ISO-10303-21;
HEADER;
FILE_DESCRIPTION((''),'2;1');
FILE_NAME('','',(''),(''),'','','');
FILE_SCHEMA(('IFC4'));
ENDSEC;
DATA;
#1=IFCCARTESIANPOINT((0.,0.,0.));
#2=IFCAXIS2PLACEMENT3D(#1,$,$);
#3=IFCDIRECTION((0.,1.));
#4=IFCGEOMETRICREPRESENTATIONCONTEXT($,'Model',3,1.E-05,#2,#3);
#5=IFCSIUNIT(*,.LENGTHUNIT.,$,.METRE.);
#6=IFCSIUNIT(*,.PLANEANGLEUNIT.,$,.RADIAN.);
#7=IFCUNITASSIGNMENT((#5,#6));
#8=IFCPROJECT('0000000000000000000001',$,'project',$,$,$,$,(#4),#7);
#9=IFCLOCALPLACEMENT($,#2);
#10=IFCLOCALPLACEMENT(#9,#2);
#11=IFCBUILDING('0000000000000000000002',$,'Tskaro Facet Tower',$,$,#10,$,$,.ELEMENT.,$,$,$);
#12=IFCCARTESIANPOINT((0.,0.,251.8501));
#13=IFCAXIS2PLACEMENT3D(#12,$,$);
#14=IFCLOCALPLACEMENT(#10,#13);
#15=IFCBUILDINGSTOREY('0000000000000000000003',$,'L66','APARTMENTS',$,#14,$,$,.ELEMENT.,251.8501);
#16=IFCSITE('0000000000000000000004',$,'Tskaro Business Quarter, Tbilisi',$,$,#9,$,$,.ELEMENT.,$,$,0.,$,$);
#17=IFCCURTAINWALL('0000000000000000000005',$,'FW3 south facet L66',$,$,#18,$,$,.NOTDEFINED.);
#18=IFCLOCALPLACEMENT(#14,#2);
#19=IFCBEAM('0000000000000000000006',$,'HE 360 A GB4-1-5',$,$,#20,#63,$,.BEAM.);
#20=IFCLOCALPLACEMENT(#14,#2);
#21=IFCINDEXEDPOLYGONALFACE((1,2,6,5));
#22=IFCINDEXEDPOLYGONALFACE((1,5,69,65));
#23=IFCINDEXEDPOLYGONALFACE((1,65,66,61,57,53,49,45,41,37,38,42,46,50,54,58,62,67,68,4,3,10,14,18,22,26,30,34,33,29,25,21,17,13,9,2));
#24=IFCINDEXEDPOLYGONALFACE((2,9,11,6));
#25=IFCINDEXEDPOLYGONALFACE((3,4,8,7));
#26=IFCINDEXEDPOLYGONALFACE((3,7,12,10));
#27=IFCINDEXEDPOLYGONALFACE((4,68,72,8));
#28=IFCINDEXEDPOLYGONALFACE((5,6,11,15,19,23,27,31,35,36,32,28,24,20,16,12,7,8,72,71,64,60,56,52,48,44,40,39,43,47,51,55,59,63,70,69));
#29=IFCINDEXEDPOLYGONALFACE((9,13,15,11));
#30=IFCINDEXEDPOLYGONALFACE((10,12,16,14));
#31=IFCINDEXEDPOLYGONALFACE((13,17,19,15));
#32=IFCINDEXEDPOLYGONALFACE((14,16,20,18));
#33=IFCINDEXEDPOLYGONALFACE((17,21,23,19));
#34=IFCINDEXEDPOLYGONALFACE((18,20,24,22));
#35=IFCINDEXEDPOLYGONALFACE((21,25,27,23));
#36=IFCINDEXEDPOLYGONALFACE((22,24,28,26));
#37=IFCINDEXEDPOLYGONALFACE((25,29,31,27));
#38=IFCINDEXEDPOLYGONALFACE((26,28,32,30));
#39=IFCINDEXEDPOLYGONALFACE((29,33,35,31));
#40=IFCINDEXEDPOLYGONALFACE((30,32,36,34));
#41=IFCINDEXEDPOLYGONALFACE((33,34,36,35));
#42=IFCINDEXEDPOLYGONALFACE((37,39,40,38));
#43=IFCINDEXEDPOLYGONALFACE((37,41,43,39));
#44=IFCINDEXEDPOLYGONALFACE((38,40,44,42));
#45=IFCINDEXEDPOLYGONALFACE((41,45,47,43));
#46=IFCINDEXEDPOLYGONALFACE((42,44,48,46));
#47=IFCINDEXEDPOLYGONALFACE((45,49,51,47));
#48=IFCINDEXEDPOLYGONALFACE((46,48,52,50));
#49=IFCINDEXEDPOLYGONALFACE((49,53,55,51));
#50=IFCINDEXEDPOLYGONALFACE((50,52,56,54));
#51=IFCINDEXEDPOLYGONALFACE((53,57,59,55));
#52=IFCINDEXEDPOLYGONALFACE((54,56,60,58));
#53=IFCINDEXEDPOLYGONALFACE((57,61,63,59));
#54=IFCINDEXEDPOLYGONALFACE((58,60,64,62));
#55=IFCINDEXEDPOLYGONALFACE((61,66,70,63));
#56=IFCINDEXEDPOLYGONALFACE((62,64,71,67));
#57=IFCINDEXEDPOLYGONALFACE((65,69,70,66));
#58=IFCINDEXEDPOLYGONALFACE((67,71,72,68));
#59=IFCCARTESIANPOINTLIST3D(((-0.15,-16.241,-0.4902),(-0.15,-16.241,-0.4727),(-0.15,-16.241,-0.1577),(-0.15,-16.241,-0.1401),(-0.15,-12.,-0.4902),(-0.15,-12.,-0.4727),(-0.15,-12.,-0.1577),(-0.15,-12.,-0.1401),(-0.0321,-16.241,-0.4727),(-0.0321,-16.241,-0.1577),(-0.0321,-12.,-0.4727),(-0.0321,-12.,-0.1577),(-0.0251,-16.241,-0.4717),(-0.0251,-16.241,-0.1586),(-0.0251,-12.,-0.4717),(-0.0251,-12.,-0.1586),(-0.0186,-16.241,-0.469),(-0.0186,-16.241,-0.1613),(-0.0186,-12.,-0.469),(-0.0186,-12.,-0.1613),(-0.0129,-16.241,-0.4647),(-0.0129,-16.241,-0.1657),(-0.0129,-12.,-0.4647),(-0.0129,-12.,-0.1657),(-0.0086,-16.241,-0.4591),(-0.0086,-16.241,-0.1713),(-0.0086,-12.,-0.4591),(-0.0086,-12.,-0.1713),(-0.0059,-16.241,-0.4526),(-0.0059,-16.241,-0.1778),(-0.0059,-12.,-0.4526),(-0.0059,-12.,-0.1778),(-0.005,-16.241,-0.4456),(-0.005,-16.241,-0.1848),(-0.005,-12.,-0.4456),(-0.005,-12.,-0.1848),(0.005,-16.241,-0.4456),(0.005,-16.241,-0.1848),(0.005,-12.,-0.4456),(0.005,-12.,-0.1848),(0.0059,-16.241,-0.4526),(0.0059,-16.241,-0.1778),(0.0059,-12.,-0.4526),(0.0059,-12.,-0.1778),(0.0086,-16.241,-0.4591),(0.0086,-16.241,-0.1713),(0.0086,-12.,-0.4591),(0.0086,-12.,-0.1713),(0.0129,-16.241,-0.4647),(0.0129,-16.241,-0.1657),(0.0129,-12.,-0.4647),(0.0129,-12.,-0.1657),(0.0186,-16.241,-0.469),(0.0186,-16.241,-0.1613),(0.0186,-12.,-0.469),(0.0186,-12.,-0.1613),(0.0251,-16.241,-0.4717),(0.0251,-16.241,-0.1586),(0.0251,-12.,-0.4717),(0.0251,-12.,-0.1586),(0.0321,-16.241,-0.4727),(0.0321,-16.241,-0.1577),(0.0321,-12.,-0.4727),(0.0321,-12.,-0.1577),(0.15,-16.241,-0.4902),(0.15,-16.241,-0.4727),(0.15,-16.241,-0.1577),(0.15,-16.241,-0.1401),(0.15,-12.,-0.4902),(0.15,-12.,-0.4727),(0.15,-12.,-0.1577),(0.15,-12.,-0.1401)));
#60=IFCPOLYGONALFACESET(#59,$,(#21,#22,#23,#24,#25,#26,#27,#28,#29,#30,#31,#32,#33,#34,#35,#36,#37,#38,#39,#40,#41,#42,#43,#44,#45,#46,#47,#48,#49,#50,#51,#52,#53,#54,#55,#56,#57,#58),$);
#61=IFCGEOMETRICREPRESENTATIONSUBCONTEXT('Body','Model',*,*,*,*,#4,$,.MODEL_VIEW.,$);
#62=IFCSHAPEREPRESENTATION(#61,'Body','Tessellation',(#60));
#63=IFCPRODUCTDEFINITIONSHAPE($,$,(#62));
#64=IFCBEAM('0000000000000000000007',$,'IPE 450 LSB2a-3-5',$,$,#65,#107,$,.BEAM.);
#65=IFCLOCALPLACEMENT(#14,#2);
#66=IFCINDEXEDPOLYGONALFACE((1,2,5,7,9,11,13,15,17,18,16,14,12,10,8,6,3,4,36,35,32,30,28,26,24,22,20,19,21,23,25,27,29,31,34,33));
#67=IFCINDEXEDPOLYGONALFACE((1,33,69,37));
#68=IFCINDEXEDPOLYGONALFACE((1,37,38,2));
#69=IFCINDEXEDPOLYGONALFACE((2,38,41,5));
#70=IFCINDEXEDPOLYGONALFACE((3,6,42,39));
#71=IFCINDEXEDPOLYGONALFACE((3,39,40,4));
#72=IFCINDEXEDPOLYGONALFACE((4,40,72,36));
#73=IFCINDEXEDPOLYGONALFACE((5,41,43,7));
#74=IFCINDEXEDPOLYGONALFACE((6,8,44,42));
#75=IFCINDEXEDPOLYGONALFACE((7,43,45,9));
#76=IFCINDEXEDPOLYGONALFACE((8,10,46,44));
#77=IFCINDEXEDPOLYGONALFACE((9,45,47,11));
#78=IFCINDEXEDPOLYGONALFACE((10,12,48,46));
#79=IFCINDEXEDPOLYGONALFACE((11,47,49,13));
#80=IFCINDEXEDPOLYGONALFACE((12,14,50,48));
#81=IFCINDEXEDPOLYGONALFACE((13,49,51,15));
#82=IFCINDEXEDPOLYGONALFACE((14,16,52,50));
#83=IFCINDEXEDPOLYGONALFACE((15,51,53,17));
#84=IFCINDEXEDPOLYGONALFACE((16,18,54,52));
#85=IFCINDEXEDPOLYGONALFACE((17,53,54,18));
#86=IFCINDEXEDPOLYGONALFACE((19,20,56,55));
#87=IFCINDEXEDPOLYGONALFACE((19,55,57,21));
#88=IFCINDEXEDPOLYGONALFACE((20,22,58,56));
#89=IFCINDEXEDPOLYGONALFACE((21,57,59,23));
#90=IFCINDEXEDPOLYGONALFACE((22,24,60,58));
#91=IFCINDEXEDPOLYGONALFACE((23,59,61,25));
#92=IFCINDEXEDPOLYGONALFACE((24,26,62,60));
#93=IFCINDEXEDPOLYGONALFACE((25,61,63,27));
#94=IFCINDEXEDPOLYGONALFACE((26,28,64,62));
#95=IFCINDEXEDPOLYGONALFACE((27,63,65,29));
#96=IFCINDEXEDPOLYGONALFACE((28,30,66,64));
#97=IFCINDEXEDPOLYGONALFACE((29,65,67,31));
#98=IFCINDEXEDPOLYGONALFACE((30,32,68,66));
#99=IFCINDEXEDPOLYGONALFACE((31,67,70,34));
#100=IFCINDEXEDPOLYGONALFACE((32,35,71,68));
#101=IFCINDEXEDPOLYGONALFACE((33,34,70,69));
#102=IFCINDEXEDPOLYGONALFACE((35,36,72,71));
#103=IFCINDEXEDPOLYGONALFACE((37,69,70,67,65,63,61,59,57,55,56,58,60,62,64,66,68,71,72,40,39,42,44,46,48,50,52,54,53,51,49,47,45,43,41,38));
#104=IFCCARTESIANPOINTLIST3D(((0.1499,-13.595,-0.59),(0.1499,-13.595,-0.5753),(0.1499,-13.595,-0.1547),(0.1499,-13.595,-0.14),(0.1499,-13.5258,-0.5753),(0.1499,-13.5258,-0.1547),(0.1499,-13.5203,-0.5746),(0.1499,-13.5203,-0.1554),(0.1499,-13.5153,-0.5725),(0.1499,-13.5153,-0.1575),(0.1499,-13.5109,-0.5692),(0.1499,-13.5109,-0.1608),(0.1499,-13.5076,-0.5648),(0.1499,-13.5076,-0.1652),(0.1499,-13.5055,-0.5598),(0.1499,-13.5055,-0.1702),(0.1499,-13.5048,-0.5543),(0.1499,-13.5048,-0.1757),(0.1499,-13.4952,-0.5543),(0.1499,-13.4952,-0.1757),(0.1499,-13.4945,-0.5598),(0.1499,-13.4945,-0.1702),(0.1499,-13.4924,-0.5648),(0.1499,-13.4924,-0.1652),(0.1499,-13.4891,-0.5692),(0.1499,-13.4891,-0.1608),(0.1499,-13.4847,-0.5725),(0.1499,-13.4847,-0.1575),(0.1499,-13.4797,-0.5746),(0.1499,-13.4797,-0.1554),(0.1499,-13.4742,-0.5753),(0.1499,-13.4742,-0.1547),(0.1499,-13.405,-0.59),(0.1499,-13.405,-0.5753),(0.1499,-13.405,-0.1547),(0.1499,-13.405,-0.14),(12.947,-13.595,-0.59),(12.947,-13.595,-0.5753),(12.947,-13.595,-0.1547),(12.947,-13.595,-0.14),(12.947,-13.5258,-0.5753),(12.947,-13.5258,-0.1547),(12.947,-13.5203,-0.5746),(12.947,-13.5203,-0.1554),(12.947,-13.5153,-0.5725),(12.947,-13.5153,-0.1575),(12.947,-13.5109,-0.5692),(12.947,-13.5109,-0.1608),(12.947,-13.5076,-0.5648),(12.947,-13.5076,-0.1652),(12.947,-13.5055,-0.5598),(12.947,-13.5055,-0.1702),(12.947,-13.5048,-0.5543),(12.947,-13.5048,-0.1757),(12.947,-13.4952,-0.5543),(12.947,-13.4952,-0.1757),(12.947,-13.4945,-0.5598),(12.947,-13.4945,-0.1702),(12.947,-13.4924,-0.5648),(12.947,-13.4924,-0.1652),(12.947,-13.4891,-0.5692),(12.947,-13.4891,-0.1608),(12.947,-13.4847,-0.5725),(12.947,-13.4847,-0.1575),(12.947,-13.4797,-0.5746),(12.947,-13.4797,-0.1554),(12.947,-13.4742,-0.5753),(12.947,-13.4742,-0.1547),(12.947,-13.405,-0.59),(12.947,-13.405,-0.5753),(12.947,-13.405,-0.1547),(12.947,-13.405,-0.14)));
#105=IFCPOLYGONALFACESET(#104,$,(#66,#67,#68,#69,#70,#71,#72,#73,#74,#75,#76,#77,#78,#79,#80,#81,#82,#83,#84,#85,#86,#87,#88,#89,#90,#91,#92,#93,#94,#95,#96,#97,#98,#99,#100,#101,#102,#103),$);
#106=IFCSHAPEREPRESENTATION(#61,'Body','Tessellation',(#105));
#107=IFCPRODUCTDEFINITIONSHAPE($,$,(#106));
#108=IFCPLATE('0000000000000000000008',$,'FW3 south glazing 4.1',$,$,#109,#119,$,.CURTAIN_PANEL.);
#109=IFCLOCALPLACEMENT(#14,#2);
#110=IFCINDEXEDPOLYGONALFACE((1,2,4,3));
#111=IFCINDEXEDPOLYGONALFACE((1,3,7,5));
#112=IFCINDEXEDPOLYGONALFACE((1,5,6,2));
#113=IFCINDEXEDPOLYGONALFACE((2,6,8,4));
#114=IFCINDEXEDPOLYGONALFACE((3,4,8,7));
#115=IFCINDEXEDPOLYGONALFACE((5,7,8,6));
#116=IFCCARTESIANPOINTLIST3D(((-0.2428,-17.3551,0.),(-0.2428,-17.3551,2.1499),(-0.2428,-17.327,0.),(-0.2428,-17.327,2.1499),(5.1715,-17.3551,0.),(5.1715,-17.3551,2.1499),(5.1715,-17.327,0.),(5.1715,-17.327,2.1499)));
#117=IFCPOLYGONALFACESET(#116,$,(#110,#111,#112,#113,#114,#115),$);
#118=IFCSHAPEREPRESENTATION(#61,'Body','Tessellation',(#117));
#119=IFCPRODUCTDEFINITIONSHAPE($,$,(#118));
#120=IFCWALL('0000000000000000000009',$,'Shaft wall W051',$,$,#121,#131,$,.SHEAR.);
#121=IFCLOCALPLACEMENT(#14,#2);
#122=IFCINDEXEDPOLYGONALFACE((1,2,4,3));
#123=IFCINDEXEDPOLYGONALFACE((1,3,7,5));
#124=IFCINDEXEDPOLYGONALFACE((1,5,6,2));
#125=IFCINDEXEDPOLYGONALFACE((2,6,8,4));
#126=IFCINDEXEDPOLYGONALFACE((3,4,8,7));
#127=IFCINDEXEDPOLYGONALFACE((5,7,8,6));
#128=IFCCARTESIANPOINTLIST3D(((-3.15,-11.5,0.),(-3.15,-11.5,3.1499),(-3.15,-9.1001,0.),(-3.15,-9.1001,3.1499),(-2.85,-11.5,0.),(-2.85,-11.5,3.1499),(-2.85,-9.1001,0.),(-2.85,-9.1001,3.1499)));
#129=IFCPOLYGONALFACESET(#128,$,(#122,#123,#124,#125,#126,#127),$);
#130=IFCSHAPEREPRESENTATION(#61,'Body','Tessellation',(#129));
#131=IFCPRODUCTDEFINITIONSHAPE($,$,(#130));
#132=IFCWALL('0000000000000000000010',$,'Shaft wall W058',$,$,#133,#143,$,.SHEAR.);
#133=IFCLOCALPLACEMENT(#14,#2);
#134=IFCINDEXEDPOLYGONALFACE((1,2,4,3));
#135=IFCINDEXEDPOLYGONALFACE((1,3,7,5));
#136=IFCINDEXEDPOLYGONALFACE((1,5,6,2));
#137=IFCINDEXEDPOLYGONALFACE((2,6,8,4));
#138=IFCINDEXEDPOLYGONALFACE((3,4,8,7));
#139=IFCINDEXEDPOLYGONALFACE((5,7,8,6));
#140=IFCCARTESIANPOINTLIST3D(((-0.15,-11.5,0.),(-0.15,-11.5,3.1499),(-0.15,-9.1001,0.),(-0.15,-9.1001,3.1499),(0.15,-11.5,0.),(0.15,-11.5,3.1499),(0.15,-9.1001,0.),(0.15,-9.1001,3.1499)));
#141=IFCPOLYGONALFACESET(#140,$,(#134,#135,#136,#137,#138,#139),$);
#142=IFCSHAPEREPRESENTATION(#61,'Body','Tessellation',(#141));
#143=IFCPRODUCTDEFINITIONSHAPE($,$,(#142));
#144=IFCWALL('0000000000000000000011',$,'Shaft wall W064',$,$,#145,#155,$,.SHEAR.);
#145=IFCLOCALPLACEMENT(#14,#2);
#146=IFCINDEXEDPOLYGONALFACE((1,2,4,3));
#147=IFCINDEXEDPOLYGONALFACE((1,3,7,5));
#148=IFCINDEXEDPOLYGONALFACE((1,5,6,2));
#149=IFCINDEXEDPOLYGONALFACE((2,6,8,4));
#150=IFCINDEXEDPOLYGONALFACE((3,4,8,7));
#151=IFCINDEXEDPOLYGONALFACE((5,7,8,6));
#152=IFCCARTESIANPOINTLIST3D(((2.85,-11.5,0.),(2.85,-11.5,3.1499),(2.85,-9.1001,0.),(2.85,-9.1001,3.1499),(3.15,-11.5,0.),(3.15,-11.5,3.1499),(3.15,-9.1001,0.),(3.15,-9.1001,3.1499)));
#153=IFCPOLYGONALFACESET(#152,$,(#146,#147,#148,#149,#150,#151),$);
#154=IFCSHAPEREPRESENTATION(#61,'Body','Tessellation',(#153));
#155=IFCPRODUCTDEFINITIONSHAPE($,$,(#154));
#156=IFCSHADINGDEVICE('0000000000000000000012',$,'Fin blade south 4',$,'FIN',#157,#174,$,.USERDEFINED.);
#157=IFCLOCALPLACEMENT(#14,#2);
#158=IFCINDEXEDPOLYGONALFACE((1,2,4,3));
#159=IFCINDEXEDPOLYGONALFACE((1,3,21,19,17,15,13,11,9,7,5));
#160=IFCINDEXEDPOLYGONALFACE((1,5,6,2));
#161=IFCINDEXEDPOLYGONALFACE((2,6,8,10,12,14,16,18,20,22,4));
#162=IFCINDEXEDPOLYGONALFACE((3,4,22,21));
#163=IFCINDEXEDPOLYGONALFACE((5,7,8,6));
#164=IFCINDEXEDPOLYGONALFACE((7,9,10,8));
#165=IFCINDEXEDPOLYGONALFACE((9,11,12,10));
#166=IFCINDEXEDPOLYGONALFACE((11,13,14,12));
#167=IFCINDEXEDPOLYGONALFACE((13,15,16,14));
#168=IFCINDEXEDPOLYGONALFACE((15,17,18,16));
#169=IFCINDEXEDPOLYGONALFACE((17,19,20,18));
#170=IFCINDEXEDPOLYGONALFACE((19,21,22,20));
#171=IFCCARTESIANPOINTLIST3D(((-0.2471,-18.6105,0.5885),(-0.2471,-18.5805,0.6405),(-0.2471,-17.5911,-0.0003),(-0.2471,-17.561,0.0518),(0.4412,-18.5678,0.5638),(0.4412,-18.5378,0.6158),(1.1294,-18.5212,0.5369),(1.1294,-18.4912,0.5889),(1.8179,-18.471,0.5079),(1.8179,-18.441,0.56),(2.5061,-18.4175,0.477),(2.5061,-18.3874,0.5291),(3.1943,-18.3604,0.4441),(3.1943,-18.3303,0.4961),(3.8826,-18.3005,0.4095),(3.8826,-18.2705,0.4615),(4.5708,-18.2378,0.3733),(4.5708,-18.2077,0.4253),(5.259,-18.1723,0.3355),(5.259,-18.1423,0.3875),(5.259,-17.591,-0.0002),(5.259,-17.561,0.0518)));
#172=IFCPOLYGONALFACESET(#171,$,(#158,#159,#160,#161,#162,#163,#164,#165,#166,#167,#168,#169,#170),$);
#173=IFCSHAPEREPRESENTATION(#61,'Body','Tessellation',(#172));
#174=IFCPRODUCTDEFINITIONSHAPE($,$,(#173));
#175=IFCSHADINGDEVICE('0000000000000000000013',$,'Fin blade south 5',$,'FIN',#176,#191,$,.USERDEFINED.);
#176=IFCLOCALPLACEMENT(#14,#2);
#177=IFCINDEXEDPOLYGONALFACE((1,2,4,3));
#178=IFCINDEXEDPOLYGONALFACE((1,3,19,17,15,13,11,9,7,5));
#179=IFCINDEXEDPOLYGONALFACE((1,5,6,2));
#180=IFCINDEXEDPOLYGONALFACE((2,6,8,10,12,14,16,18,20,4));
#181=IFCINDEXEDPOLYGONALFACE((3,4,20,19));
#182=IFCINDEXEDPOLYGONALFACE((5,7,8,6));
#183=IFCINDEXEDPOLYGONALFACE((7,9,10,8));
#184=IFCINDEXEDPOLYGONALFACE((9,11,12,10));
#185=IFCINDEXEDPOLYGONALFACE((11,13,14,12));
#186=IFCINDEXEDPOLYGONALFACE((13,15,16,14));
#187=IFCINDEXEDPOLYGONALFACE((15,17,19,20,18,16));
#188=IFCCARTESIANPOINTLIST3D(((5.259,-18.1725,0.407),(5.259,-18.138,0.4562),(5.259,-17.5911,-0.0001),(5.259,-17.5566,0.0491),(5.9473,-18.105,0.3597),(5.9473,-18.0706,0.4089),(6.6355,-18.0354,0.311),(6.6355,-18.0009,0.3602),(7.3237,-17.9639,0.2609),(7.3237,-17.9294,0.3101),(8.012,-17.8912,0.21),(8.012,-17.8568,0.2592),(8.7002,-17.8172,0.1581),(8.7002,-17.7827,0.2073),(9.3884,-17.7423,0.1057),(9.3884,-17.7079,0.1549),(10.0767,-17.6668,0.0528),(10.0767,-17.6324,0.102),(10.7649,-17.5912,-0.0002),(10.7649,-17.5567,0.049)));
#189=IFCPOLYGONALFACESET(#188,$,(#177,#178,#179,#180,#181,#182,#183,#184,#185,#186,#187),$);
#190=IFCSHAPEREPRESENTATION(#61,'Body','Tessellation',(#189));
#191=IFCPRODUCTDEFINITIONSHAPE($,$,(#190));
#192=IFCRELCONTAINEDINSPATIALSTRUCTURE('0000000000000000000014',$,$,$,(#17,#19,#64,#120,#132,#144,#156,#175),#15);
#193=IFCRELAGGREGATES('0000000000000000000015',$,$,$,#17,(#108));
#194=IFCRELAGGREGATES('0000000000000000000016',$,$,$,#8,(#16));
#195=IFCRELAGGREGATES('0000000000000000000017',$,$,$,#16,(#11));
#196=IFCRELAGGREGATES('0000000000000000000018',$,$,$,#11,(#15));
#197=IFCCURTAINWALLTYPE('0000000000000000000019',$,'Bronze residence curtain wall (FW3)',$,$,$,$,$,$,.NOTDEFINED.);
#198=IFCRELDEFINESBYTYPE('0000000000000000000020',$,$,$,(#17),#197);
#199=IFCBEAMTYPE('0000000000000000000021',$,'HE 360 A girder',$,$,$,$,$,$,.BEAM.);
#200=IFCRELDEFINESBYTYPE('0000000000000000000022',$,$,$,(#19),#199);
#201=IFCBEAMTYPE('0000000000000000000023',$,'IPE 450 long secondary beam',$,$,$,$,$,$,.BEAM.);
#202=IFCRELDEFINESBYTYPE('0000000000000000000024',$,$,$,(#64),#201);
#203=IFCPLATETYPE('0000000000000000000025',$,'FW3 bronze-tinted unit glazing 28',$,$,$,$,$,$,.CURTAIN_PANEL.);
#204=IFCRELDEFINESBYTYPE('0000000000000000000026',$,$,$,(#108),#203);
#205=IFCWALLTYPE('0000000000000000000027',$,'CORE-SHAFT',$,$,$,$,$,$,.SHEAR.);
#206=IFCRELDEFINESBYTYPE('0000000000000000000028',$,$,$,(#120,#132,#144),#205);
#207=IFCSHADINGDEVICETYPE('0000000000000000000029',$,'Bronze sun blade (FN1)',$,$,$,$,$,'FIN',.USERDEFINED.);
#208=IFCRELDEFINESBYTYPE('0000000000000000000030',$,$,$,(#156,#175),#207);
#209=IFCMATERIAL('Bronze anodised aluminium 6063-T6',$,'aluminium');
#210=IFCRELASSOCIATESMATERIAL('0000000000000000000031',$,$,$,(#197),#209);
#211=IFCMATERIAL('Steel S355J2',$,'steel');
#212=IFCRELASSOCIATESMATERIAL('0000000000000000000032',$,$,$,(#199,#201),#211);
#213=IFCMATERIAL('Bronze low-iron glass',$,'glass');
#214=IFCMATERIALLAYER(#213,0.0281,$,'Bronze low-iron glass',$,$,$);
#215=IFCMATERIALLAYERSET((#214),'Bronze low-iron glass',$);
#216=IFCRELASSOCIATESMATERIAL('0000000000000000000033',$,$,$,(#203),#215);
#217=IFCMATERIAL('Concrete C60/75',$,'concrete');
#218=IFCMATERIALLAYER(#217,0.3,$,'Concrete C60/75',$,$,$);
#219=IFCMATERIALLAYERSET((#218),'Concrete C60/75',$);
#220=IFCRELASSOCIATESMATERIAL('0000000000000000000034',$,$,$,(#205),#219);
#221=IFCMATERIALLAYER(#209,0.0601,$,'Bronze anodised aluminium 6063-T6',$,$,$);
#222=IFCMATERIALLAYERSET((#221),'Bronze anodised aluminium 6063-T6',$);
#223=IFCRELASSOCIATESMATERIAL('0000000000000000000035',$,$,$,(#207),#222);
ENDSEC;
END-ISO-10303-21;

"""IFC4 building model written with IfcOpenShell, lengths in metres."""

from ifc_helpers import new_model, si_unit, direction, frame, frame_2d, origin, origin_2d, place, context, subcontext, project, spatial, polyline, rectangle, i_section, outline, extrude, material, layer, layer_set, material_profile, profile_set, type_object, element, aggregate, save


model = new_model("IFC4")

# Units and contexts
model_context = context("Model", 3, precision=1e-05, world=origin(), true_north=direction((0.0, 1.0)))
body_context = subcontext(model_context, "Body", "Model", "MODEL_VIEW")
ifc_project = project(units=[si_unit("LENGTHUNIT", "METRE"), si_unit("PLANEANGLEUNIT", "RADIAN")], contexts=[model_context])

# Site, building, storey
site_placement = place(None, origin())
site = spatial("IfcSite", under=ifc_project, at=site_placement, Name="Tskaro Business Quarter, Tbilisi", CompositionType="ELEMENT", RefElevation=0.0)
building_placement = place(site_placement, origin())
building = spatial("IfcBuilding", under=site, at=building_placement, Name="Tskaro Facet Tower", CompositionType="ELEMENT")
storey_placement = place(building_placement, frame((0.0, 0.0, 251.8501)))
storey = spatial("IfcBuildingStorey", under=building, at=storey_placement, Name="L66", Description="APARTMENTS", CompositionType="ELEMENT", Elevation=251.8501)

# Curtain wall
ifc_material_1 = material(Name="Bronze anodised aluminium 6063-T6", Category="aluminium")
curtain_wall_type = type_object("IfcCurtainWallType", Name="Bronze residence curtain wall (FW3)", PredefinedType="NOTDEFINED", material=ifc_material_1)
curtain_wall_placement = place(storey_placement, origin())
curtain_wall = element("IfcCurtainWall", 1, at=curtain_wall_placement, inside=storey, type_object=curtain_wall_type, Name="FW3 south facet L66", PredefinedType="NOTDEFINED")

# Beams
ifc_material_2 = material(Name="Steel S355J2", Category="steel")
ifc_material_profile_1 = material_profile(ifc_material_2, i_section(OverallWidth=0.3, OverallDepth=0.3501, WebThickness=0.01, FlangeThickness=0.0176, FilletRadius=0.0271, at=origin_2d()), Name="HE 360 A")
ifc_profile_set_1 = profile_set([ifc_material_profile_1], Name="Steel S355J2")
beam_type_1 = type_object("IfcBeamType", Name="HE 360 A girder", PredefinedType="BEAM", material=ifc_profile_set_1)
beam_1_placement = place(storey_placement, frame((0.0, -16.241, -0.3152), z_axis=(0.0, 1.0, 0.0), x_axis=(-1.0, 0.0, 0.0)))
element("IfcBeam", 2, at=beam_1_placement, inside=storey, type_object=beam_type_1, Name="HE 360 A GB4-1-5", PredefinedType="BEAM", context=body_context, shape_type="SweptSolid", body=[
    extrude(i_section(OverallWidth=0.3, OverallDepth=0.3501, WebThickness=0.01, FlangeThickness=0.0176, FilletRadius=0.0271, at=origin_2d()), origin(), (0.0, 0.0, 1.0), 4.241),
])
ifc_material_profile_2 = material_profile(ifc_material_2, i_section(OverallWidth=0.1899, OverallDepth=0.45, WebThickness=0.0095, FlangeThickness=0.0146, FilletRadius=0.021, at=origin_2d()), Name="IPE 450")
ifc_profile_set_2 = profile_set([ifc_material_profile_2], Name="Steel S355J2")
beam_type_2 = type_object("IfcBeamType", Name="IPE 450 long secondary beam", PredefinedType="BEAM", material=ifc_profile_set_2)
beam_2_placement = place(storey_placement, frame((0.1499, -13.5, -0.365), z_axis=(1.0, 0.0, 0.0), x_axis=(0.0, 1.0, 0.0)))
element("IfcBeam", 3, at=beam_2_placement, inside=storey, type_object=beam_type_2, Name="IPE 450 LSB2a-3-5", PredefinedType="BEAM", context=body_context, shape_type="SweptSolid", body=[
    extrude(i_section(OverallWidth=0.1899, OverallDepth=0.45, WebThickness=0.0095, FlangeThickness=0.0146, FilletRadius=0.021, at=origin_2d()), origin(), (0.0, 0.0, 1.0), 12.7971),
])

# Plate
ifc_material_3 = material(Name="Bronze low-iron glass", Category="glass")
ifc_layer_1 = layer(ifc_material_3, 0.0281, Name="Bronze low-iron glass")
ifc_layer_set_1 = layer_set([ifc_layer_1], Name="Bronze low-iron glass")
plate_type = type_object("IfcPlateType", Name="FW3 bronze-tinted unit glazing 28", PredefinedType="CURTAIN_PANEL", material=ifc_layer_set_1)
plate_placement = place(storey_placement, frame((2.4644, -17.3411, 0.0), z_axis=(0.0, 0.0, 1.0), x_axis=(1.0, 0.0, 0.0)))
plate = element("IfcPlate", 4, at=plate_placement, type_object=plate_type, Name="FW3 south glazing 4.1", PredefinedType="CURTAIN_PANEL", context=body_context, shape_type="SweptSolid", body=[
    extrude(rectangle(XDim=5.4143, YDim=0.0281, at=origin_2d()), origin(), (0.0, 0.0, 1.0), 2.1499),
])
aggregate(curtain_wall, [plate])

# Walls
ifc_material_4 = material(Name="Concrete C60/75", Category="concrete")
ifc_layer_2 = layer(ifc_material_4, 0.3, Name="Concrete C60/75")
ifc_layer_set_2 = layer_set([ifc_layer_2], Name="Concrete C60/75")
wall_type = type_object("IfcWallType", Name="CORE-SHAFT", PredefinedType="SHEAR", material=ifc_layer_set_2)
for number, where, z_axis, x_axis, name in (
    (5, (-3.0, -11.5, 0.0), (0.0, 0.0, 1.0), (0.0, 1.0, 0.0), "Shaft wall W051"),
    (6, (0.0, -11.5, 0.0), (0.0, 0.0, 1.0), (0.0, 1.0, 0.0), "Shaft wall W058"),
    (7, (3.0, -11.5, 0.0), (0.0, 0.0, 1.0), (0.0, 1.0, 0.0), "Shaft wall W064"),
):
    element("IfcWall", number, at=place(storey_placement, frame(where, z_axis=z_axis, x_axis=x_axis)), inside=storey, type_object=wall_type, Name=name, PredefinedType="SHEAR", context=body_context, shape_type="SweptSolid", body=[
        extrude(rectangle(XDim=2.3999, YDim=0.3, at=frame_2d((1.2, 0.0))), origin(), (0.0, 0.0, 1.0), 3.1499),
    ])

# Shading devices
ifc_layer_3 = layer(ifc_material_1, 0.0601, Name="Bronze anodised aluminium 6063-T6")
ifc_layer_set_3 = layer_set([ifc_layer_3], Name="Bronze anodised aluminium 6063-T6")
shading_device_type = type_object("IfcShadingDeviceType", Name="Bronze sun blade (FN1)", ElementType="FIN", PredefinedType="USERDEFINED", material=ifc_layer_set_3)
shading_device_1_placement = place(storey_placement, frame((-0.2471, -17.561, 0.0518), z_axis=(-0.000015, 0.500096, 0.86597), x_axis=(1.0, 0.000008, 0.000013)))
element("IfcShadingDevice", 8, at=shading_device_1_placement, inside=storey, type_object=shading_device_type, Name="Fin blade south 4", ObjectType="FIN", PredefinedType="USERDEFINED", context=body_context, shape_type="SweptSolid", body=[
    extrude(outline(polyline([(0.0, 0.0), (5.5061, 0.0), (5.5061, -0.6713), (4.8179, -0.7469), (4.1296, -0.8193), (3.4414, -0.8884), (2.7532, -0.9543), (2.0649, -1.0162), (1.3765, -1.0741), (0.6882, -1.1279), (0.0, -1.1773), (0.0, 0.0)])), origin(), (0.0, 0.0, -1.0), 0.0601),
])
shading_device_2_placement = place(storey_placement, frame((5.259, -17.5566, 0.0491), z_axis=(0.000025, 0.573601, 0.819135), x_axis=(1.0, -0.000014, -0.00002)))
element("IfcShadingDevice", 9, at=shading_device_2_placement, inside=storey, type_object=shading_device_type, Name="Fin blade south 5", ObjectType="FIN", PredefinedType="USERDEFINED", context=body_context, shape_type="SweptSolid", body=[
    extrude(outline(polyline([(0.0, 0.0), (5.5059, 0.0), (4.8176, -0.0924), (4.1294, -0.1846), (3.4412, -0.2759), (2.7529, -0.3664), (2.0647, -0.4551), (1.3765, -0.5424), (0.6882, -0.6274), (0.0, -0.7097), (0.0, 0.0)])), origin(), (0.0, 0.0, -1.0), 0.0601),
])

save(model, "model.ifc")
